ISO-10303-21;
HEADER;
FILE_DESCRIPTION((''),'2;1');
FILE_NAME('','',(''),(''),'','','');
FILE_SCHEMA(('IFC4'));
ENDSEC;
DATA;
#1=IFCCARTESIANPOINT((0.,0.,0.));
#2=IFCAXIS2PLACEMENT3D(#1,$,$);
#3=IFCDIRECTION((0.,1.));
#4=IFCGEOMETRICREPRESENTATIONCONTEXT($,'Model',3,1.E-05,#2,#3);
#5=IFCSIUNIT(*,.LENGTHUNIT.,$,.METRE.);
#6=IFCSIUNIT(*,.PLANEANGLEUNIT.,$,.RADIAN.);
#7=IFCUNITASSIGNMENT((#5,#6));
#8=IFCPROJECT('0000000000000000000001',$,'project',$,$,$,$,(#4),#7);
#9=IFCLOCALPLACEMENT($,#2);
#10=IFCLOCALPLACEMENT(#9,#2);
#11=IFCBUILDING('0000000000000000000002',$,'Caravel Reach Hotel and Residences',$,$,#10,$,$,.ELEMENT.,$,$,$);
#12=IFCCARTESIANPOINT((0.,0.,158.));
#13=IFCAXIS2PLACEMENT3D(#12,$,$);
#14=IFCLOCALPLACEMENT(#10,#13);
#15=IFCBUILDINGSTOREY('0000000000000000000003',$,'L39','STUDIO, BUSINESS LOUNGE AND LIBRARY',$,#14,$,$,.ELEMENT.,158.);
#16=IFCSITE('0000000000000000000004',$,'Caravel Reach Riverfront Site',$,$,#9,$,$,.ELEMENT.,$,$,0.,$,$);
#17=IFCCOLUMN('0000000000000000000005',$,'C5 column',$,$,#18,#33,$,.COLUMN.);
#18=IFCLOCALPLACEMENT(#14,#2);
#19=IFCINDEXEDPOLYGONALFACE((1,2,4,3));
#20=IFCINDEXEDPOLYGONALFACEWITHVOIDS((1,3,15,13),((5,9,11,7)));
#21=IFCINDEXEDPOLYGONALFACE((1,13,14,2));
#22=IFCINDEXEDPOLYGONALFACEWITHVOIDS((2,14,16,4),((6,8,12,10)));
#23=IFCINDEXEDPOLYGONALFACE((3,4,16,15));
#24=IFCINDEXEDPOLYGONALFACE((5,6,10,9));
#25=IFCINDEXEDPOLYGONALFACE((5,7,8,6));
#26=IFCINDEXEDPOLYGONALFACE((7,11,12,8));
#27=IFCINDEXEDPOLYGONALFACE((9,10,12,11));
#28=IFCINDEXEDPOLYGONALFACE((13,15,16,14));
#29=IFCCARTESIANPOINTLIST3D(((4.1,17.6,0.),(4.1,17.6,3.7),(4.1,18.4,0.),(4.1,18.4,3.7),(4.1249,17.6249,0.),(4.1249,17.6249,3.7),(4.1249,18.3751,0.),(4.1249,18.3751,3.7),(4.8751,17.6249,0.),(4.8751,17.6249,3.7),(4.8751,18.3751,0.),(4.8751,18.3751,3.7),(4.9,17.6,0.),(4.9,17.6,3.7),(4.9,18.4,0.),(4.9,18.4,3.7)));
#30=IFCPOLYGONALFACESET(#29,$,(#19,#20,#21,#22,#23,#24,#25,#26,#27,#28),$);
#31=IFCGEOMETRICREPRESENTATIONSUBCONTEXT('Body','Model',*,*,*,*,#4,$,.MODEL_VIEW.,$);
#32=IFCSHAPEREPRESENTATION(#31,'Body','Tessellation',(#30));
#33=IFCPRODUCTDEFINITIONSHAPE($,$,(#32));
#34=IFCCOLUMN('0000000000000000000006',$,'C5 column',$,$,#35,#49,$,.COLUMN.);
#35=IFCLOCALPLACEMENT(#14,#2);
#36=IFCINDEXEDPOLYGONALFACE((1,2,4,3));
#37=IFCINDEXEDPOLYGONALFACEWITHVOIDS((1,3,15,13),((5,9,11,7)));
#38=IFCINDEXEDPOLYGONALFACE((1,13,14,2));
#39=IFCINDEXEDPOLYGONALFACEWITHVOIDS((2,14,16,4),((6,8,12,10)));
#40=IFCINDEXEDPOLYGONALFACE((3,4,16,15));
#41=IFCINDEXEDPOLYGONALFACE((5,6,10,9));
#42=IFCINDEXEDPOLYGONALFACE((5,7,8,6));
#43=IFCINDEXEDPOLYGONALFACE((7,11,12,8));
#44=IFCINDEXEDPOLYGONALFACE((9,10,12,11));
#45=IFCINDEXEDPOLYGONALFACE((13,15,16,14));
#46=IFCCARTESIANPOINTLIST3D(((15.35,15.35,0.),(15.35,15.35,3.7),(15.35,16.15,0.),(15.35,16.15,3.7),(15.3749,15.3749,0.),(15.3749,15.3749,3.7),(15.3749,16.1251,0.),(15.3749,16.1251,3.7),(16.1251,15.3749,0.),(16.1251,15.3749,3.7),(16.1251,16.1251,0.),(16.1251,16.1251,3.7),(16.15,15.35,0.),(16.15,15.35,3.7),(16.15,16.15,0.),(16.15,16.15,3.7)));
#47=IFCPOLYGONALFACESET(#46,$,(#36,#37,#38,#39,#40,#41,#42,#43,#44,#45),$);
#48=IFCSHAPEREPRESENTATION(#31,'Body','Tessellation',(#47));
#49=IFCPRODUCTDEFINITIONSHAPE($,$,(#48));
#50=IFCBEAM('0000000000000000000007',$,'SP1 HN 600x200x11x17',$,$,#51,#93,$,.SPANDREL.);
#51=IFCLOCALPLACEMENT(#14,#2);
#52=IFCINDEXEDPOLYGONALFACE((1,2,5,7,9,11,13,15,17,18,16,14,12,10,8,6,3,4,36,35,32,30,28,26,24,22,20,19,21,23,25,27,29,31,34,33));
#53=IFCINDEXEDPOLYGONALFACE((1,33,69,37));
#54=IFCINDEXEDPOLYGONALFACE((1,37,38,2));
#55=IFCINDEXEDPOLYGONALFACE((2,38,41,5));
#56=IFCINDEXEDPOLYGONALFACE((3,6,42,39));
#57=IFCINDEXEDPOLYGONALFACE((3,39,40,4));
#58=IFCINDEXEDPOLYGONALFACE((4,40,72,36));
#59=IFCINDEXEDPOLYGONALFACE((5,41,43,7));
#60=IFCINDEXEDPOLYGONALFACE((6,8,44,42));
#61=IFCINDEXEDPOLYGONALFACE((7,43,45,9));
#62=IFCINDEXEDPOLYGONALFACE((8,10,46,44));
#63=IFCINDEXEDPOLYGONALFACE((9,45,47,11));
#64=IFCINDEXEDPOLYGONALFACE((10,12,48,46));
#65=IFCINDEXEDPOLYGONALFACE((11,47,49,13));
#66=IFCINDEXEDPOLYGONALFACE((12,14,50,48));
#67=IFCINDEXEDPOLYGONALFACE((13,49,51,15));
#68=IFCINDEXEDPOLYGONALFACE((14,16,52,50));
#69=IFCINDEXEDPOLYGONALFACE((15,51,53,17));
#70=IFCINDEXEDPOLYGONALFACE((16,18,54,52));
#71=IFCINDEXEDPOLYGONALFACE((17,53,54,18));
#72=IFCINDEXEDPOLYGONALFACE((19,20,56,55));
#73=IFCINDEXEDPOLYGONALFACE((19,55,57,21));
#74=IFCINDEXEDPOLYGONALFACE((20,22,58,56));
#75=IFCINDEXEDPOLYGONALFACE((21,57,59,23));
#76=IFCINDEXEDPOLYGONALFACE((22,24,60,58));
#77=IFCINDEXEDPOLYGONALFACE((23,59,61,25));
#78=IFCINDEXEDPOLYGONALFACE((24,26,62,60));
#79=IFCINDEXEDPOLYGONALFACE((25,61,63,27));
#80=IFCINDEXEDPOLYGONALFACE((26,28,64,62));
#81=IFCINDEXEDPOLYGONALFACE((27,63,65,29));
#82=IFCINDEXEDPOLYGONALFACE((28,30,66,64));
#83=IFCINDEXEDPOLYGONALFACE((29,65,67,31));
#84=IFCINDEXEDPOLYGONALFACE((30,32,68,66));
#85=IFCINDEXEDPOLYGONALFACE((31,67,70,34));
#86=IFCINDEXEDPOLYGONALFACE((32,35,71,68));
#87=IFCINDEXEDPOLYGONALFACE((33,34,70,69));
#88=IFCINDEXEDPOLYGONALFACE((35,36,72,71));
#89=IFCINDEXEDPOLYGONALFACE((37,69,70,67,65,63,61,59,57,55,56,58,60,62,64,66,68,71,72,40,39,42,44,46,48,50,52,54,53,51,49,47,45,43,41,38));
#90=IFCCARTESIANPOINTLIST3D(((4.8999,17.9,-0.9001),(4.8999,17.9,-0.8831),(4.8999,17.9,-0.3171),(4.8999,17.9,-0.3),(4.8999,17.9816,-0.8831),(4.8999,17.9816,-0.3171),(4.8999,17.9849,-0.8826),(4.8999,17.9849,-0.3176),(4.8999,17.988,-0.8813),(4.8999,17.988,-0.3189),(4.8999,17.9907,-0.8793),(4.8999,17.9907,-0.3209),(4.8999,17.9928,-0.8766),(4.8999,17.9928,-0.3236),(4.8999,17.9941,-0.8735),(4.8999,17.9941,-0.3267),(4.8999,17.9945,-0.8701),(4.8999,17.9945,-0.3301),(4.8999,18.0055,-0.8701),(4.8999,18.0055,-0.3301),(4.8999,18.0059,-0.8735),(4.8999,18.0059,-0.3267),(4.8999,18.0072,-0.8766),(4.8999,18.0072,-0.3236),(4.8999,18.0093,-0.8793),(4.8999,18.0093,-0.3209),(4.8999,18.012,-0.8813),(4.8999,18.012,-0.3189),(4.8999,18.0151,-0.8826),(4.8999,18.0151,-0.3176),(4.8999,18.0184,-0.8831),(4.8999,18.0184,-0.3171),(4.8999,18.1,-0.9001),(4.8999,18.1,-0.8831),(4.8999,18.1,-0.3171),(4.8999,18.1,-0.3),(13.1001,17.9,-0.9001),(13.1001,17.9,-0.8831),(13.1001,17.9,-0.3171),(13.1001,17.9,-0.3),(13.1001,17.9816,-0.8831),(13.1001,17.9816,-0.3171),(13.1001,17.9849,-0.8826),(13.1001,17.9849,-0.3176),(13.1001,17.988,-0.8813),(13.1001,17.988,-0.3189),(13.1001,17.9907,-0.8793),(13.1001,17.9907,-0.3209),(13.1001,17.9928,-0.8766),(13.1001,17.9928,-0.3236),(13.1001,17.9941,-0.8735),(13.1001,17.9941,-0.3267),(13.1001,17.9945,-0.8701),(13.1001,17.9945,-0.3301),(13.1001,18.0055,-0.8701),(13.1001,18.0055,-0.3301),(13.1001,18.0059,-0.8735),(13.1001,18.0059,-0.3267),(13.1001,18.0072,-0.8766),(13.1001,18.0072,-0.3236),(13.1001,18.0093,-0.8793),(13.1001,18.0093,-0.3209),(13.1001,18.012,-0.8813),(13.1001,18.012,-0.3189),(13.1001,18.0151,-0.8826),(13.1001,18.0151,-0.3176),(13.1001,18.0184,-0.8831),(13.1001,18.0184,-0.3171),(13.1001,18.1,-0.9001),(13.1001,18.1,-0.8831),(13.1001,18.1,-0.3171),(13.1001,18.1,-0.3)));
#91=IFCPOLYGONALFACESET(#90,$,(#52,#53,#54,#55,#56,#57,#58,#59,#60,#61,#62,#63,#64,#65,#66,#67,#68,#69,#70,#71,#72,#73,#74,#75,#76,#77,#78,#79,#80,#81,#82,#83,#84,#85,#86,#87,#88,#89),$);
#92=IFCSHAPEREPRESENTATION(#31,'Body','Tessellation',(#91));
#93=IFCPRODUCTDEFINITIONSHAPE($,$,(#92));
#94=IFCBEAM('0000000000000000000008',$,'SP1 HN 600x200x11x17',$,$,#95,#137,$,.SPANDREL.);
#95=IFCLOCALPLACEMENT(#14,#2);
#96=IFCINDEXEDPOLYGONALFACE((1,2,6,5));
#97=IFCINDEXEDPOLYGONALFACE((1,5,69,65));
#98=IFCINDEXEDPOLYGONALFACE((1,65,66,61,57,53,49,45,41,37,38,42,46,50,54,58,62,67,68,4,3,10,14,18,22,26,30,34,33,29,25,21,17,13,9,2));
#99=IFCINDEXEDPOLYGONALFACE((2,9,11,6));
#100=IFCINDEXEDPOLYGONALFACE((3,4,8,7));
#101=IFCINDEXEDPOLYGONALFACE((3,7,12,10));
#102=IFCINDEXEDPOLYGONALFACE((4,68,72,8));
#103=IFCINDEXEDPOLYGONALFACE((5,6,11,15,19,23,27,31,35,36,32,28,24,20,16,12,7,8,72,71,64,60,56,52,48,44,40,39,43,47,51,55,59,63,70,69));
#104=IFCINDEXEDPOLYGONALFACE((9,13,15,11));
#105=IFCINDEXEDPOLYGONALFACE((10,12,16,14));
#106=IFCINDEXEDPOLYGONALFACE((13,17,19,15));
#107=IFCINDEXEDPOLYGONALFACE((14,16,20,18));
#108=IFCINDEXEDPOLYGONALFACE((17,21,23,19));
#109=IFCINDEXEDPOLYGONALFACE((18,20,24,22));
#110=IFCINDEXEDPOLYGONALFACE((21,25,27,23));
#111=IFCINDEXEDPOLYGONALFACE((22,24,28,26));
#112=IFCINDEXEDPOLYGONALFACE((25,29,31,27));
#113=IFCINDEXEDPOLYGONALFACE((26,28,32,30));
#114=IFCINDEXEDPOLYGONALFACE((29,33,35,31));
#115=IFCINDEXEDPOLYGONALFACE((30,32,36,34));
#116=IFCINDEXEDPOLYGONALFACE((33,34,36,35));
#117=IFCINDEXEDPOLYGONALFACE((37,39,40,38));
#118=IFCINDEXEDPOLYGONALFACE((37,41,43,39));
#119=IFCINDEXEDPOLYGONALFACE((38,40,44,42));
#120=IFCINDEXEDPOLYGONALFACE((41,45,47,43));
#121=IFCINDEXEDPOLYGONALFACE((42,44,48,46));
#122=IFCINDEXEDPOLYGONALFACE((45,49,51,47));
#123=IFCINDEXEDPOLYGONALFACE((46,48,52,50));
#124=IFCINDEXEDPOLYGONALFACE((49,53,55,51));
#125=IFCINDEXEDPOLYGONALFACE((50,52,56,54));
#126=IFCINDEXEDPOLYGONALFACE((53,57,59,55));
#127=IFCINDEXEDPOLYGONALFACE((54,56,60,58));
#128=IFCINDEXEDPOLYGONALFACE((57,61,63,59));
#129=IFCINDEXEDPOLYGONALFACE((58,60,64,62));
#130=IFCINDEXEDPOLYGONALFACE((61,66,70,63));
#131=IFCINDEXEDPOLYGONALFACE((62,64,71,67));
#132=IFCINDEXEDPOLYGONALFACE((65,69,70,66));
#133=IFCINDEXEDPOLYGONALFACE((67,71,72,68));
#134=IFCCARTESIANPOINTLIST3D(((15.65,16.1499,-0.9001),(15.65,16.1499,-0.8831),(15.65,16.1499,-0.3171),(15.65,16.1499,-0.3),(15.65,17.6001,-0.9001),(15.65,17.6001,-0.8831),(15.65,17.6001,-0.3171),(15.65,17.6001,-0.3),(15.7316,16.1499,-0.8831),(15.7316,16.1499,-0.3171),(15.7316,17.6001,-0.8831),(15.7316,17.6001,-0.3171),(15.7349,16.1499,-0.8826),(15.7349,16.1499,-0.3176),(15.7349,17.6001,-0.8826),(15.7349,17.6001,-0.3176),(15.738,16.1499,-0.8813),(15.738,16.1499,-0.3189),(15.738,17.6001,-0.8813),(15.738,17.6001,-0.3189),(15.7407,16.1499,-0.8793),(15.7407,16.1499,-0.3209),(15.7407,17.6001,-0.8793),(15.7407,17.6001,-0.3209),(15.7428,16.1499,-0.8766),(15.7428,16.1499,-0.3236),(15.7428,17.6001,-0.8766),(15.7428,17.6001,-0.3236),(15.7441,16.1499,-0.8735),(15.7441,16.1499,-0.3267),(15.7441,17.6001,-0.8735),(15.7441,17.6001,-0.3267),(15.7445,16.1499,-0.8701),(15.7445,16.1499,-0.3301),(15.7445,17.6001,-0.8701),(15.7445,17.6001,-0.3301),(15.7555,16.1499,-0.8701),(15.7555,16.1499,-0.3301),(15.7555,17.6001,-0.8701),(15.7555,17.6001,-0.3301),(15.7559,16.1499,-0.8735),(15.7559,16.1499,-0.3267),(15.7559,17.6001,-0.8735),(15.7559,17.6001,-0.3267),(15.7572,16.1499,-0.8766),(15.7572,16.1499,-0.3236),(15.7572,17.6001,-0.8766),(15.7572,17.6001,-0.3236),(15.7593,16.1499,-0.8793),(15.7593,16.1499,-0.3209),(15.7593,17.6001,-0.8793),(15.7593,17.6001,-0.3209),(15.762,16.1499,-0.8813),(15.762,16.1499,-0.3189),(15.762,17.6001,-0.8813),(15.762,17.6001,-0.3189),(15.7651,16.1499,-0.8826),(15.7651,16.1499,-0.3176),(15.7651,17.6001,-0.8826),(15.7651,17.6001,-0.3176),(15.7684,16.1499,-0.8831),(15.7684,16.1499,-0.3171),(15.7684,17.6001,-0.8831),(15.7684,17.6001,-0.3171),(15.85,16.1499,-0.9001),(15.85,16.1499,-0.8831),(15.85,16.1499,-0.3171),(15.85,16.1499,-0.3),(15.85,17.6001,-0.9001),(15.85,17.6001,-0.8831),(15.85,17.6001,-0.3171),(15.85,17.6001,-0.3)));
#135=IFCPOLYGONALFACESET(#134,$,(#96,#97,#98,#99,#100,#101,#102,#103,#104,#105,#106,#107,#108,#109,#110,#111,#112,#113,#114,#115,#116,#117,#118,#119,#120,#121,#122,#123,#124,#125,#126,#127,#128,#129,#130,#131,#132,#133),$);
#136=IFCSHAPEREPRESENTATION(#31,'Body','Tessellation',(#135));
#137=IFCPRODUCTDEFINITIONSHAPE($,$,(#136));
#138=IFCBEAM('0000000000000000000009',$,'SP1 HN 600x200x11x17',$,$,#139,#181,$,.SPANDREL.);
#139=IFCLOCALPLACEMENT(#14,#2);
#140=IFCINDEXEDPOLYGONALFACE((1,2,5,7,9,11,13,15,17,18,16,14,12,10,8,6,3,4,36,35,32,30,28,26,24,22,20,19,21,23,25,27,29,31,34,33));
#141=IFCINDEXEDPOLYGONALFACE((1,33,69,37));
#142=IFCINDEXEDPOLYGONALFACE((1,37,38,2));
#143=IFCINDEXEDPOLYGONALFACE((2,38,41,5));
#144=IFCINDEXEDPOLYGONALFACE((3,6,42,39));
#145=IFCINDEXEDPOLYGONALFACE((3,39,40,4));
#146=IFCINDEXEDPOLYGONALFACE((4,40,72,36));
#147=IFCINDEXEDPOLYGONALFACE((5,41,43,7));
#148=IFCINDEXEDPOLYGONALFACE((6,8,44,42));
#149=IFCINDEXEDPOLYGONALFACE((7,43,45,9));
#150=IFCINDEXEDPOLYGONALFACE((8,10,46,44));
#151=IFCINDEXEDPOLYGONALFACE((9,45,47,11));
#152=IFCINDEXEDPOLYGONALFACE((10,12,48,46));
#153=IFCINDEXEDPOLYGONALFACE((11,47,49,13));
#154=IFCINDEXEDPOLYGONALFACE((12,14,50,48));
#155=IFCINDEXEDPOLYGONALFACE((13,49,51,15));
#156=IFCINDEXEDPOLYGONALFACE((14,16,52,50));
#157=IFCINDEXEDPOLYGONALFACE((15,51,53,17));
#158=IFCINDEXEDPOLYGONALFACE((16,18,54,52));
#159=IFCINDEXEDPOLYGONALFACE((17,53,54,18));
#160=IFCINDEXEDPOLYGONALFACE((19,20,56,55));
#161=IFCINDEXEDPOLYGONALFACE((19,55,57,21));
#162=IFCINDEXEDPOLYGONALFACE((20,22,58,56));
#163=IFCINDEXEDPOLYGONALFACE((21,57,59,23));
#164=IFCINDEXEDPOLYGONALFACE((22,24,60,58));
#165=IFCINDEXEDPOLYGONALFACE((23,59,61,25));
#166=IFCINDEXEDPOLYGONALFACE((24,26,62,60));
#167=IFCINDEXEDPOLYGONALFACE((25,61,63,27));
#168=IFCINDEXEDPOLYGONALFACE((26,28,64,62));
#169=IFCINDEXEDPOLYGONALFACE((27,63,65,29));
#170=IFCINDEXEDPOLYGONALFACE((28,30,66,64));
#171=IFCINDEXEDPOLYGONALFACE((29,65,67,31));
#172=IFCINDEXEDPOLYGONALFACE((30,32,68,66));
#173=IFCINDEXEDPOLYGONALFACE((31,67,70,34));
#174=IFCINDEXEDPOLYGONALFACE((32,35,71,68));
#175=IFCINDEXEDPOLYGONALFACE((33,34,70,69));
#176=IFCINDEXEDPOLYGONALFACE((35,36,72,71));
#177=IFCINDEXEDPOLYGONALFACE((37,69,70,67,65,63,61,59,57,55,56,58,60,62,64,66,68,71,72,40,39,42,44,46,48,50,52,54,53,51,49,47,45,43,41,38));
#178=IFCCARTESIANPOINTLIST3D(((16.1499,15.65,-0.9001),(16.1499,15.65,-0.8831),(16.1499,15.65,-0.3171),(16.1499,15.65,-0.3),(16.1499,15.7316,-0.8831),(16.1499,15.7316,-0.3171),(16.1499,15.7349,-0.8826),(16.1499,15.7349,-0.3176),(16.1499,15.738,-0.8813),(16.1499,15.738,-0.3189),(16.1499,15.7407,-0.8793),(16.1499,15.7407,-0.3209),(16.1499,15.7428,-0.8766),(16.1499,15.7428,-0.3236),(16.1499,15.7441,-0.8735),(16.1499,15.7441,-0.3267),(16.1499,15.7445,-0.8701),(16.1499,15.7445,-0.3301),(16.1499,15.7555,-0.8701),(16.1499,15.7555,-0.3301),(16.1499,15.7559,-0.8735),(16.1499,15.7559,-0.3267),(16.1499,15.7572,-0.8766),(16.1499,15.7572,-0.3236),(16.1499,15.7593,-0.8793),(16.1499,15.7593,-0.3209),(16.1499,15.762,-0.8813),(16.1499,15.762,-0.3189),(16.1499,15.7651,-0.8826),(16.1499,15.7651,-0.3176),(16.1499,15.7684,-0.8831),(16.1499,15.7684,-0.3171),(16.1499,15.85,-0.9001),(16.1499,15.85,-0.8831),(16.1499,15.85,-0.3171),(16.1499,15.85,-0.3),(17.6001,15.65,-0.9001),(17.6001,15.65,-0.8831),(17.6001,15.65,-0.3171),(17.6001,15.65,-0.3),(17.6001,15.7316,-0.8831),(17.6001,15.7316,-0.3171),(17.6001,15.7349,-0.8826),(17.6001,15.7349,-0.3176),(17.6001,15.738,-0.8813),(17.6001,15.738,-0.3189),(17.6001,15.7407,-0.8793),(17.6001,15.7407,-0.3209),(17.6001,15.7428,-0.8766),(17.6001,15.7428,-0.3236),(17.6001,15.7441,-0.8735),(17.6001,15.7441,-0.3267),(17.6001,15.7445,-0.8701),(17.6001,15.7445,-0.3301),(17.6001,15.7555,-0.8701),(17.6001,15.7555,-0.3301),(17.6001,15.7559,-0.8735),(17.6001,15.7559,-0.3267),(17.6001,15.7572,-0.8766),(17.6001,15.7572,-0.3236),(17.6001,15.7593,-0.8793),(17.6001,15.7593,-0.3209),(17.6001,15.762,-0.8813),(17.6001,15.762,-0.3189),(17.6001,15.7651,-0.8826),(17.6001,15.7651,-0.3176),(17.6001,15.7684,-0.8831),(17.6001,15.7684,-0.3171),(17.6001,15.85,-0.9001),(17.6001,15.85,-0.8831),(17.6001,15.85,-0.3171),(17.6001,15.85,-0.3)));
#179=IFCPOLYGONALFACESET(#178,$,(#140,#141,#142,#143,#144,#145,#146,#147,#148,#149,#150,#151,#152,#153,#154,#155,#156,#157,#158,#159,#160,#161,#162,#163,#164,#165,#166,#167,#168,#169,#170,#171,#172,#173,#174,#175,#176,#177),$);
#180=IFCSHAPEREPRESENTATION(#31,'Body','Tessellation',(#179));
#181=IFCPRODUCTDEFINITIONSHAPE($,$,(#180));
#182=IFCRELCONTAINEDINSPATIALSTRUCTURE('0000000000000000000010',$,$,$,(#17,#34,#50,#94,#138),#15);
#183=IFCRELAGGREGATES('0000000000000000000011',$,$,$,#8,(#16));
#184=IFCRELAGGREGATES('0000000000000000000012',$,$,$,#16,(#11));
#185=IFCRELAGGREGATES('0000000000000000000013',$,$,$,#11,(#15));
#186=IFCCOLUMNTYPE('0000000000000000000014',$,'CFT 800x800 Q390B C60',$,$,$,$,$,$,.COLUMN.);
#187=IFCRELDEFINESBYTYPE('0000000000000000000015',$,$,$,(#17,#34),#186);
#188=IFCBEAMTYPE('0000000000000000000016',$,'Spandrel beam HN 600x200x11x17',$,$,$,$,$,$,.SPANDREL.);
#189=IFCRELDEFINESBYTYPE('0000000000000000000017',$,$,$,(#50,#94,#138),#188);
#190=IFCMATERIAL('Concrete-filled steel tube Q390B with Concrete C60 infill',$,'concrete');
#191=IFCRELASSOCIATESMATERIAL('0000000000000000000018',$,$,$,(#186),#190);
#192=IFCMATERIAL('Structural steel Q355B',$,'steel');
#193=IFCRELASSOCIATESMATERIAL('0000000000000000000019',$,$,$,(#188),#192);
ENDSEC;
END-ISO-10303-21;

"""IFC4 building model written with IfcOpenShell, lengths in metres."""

from ifc_helpers import new_model, si_unit, direction, frame, origin, origin_2d, place, context, subcontext, project, spatial, hollow_rectangle, i_section, extrude, material, material_profile, profile_set, type_object, element, save


model = new_model("IFC4")

# Units and contexts
model_context = context("Model", 3, precision=1e-05, world=origin(), true_north=direction((0.0, 1.0)))
body_context = subcontext(model_context, "Body", "Model", "MODEL_VIEW")
ifc_project = project(units=[si_unit("LENGTHUNIT", "METRE"), si_unit("PLANEANGLEUNIT", "RADIAN")], contexts=[model_context])

# Site, building, storey
site_placement = place(None, origin())
site = spatial("IfcSite", under=ifc_project, at=site_placement, Name="Caravel Reach Riverfront Site", CompositionType="ELEMENT", RefElevation=0.0)
building_placement = place(site_placement, origin())
building = spatial("IfcBuilding", under=site, at=building_placement, Name="Caravel Reach Hotel and Residences", CompositionType="ELEMENT")
storey_placement = place(building_placement, frame((0.0, 0.0, 158.0)))
storey = spatial("IfcBuildingStorey", under=building, at=storey_placement, Name="L39", Description="STUDIO, BUSINESS LOUNGE AND LIBRARY", CompositionType="ELEMENT", Elevation=158.0)

# Columns
ifc_material_1 = material(Name="Concrete-filled steel tube Q390B with Concrete C60 infill", Category="concrete")
ifc_material_profile_1 = material_profile(ifc_material_1, hollow_rectangle(XDim=0.8, YDim=0.8, WallThickness=0.0249, at=origin_2d()), Name="RHS 800x800x25")
ifc_profile_set_1 = profile_set([ifc_material_profile_1], Name="Concrete-filled steel tube Q390B with Concrete C60 infill")
column_type = type_object("IfcColumnType", Name="CFT 800x800 Q390B C60", PredefinedType="COLUMN", material=ifc_profile_set_1)
for number, where, z_axis, x_axis, name in (
    (1, (4.5, 18.0, 0.0), (0.0, 0.0, 1.0), (1.0, 0.0, 0.0), "C5 column"),
    (2, (15.75, 15.75, 0.0), (0.0, 0.0, 1.0), (1.0, 0.0, 0.0), "C5 column"),
):
    element("IfcColumn", number, at=place(storey_placement, frame(where, z_axis=z_axis, x_axis=x_axis)), inside=storey, type_object=column_type, Name=name, PredefinedType="COLUMN", context=body_context, shape_type="SweptSolid", body=[
        extrude(hollow_rectangle(XDim=0.8, YDim=0.8, WallThickness=0.0249, at=origin_2d()), origin(), (0.0, 0.0, 1.0), 3.7),
    ])

# Beams
ifc_material_2 = material(Name="Structural steel Q355B", Category="steel")
ifc_material_profile_2 = material_profile(ifc_material_2, i_section(OverallWidth=0.2, OverallDepth=0.6001, WebThickness=0.011, FlangeThickness=0.0171, FilletRadius=0.0129, at=origin_2d()), Name="HN 600x200x11x17")
ifc_profile_set_2 = profile_set([ifc_material_profile_2], Name="Structural steel Q355B")
beam_type = type_object("IfcBeamType", Name="Spandrel beam HN 600x200x11x17", PredefinedType="SPANDREL", material=ifc_profile_set_2)
beam_placement = place(storey_placement, frame((4.8999, 18.0, -0.6001), z_axis=(1.0, 0.0, 0.0), x_axis=(0.0, 1.0, 0.0)))
element("IfcBeam", 3, at=beam_placement, inside=storey, type_object=beam_type, Name="SP1 HN 600x200x11x17", PredefinedType="SPANDREL", context=body_context, shape_type="SweptSolid", body=[
    extrude(i_section(OverallWidth=0.2, OverallDepth=0.6001, WebThickness=0.011, FlangeThickness=0.0171, FilletRadius=0.0129, at=origin_2d()), origin(), (0.0, 0.0, 1.0), 8.2002),
])
for number, where, z_axis, x_axis, name in (
    (4, (15.75, 17.6001, -0.6001), (0.0, -1.0, 0.0), (1.0, 0.0, 0.0), "SP1 HN 600x200x11x17"),
    (5, (16.1499, 15.75, -0.6001), (1.0, 0.0, 0.0), (0.0, 1.0, 0.0), "SP1 HN 600x200x11x17"),
):
    element("IfcBeam", number, at=place(storey_placement, frame(where, z_axis=z_axis, x_axis=x_axis)), inside=storey, type_object=beam_type, Name=name, PredefinedType="SPANDREL", context=body_context, shape_type="SweptSolid", body=[
        extrude(i_section(OverallWidth=0.2, OverallDepth=0.6001, WebThickness=0.011, FlangeThickness=0.0171, FilletRadius=0.0129, at=origin_2d()), origin(), (0.0, 0.0, 1.0), 1.4502),
    ])

save(model, "model.ifc")
